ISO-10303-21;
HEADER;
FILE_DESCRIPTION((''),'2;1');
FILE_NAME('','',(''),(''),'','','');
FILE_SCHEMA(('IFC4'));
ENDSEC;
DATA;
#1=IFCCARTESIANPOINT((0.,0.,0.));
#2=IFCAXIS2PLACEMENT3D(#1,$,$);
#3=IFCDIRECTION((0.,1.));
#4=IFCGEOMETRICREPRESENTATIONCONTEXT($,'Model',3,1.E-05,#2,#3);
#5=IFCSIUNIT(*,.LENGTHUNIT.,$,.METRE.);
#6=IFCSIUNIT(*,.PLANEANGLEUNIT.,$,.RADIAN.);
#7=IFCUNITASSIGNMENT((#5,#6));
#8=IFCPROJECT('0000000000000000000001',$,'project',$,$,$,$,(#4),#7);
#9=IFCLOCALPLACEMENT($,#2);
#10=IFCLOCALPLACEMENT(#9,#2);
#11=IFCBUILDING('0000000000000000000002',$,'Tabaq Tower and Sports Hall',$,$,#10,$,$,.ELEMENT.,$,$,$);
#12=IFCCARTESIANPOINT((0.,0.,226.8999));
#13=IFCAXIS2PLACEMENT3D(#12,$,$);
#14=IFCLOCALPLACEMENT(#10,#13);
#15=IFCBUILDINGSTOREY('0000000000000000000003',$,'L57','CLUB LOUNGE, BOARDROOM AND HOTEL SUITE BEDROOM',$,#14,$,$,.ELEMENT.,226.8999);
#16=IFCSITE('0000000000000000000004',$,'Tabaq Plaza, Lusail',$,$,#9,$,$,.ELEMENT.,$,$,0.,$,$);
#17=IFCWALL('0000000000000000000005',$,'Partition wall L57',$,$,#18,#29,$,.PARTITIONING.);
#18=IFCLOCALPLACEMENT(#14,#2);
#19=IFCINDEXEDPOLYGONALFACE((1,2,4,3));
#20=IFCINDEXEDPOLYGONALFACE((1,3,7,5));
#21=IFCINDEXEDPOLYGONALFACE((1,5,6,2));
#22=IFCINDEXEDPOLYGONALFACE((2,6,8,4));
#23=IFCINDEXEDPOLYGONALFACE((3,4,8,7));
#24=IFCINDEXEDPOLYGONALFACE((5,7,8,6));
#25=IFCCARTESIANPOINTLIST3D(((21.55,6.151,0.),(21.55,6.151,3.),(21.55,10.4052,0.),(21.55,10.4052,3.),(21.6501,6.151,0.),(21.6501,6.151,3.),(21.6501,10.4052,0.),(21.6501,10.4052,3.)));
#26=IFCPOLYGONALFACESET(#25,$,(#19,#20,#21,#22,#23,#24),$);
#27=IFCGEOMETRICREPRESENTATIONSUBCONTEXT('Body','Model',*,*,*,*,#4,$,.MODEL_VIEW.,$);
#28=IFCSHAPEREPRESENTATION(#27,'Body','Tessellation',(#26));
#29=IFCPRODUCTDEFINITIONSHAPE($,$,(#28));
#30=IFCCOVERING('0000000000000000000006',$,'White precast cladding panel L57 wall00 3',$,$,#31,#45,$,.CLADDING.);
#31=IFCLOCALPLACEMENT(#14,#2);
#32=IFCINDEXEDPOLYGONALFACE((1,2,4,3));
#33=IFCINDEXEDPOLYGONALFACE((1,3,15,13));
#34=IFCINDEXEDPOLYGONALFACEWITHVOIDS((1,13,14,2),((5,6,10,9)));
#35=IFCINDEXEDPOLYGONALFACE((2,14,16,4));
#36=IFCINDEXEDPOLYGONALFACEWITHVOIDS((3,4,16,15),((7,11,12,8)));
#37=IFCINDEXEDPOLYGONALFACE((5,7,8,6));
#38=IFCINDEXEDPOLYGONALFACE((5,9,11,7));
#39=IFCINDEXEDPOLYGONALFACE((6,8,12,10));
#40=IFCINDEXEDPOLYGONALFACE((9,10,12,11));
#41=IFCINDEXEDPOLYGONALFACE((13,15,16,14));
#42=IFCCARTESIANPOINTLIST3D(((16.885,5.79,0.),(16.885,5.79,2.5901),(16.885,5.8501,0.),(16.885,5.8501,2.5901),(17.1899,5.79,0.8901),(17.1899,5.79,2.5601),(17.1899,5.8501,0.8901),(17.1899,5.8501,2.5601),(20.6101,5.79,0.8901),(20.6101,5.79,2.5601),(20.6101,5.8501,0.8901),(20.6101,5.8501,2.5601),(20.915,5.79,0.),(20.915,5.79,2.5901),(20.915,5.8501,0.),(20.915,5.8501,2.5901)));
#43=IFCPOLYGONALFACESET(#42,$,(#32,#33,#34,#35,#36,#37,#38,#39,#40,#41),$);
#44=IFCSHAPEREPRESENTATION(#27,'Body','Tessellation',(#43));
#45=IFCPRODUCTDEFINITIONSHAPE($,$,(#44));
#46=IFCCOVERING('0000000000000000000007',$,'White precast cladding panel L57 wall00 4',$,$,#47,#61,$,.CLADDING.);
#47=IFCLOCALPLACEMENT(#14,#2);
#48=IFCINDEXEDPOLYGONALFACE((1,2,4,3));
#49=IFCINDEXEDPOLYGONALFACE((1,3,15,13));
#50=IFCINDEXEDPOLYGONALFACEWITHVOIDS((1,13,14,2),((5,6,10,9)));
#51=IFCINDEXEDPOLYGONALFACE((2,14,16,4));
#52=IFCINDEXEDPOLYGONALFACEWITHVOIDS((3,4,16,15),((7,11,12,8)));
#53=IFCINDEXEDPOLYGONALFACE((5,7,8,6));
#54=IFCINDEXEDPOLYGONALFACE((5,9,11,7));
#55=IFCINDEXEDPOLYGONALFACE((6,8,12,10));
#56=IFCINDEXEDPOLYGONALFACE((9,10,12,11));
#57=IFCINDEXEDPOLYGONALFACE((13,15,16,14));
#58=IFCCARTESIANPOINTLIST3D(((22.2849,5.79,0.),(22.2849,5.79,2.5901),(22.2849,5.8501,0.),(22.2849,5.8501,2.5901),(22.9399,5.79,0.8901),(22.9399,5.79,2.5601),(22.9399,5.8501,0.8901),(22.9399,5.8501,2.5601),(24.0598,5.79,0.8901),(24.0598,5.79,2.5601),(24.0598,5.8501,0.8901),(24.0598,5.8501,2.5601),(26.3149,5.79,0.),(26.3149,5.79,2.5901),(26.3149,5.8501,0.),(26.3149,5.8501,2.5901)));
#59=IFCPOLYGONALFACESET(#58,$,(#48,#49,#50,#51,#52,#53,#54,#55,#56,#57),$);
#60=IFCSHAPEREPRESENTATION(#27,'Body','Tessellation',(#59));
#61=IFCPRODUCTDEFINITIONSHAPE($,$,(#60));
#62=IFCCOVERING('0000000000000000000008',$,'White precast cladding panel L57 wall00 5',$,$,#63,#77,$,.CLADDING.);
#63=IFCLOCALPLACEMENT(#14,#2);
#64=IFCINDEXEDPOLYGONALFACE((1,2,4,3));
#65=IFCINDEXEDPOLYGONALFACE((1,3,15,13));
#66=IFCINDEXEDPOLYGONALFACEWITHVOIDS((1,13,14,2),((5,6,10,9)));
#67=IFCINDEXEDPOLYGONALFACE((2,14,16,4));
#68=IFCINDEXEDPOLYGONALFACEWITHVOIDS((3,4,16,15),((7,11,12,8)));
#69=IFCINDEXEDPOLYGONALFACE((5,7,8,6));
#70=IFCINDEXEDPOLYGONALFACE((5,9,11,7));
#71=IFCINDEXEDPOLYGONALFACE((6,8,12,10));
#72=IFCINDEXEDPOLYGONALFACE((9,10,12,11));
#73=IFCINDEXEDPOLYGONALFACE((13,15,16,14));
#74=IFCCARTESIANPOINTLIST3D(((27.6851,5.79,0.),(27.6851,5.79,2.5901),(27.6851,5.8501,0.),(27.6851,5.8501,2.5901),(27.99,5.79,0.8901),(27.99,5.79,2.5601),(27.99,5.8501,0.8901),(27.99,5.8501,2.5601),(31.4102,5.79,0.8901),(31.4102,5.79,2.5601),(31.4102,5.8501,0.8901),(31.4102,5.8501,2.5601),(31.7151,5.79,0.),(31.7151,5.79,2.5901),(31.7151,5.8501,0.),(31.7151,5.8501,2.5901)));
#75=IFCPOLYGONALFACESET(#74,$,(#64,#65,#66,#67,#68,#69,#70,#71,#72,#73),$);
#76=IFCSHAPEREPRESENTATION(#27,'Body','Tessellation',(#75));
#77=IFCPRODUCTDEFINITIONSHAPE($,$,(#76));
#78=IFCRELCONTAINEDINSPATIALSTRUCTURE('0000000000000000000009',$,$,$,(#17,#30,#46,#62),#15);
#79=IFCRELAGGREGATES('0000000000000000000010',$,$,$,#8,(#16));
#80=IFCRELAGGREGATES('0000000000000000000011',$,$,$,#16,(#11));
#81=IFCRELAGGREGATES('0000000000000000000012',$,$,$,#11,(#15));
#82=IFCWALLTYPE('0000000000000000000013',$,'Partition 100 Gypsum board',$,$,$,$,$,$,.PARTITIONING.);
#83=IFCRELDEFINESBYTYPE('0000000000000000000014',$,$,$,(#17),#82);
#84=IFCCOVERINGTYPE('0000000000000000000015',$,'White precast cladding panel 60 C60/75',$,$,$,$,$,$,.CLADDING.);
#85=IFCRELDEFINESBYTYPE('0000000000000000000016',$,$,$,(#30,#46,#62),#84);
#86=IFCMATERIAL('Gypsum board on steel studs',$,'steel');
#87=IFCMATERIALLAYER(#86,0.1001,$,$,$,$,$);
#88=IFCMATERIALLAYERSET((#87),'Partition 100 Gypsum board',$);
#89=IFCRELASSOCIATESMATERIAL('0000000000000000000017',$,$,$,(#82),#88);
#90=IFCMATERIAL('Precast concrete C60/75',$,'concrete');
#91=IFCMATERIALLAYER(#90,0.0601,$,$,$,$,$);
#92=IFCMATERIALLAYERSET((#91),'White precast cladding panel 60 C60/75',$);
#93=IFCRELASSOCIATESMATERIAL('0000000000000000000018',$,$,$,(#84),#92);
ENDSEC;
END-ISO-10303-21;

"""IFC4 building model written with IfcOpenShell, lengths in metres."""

from ifc_helpers import new_model, si_unit, direction, frame, frame_2d, origin, place, context, subcontext, project, spatial, polyline, rectangle, outline, extrude, material, layer, layer_set, type_object, element, save


model = new_model("IFC4")

# Units and contexts
model_context = context("Model", 3, precision=1e-05, world=origin(), true_north=direction((0.0, 1.0)))
body_context = subcontext(model_context, "Body", "Model", "MODEL_VIEW")
ifc_project = project(units=[si_unit("LENGTHUNIT", "METRE"), si_unit("PLANEANGLEUNIT", "RADIAN")], contexts=[model_context])

# Site, building, storey
site_placement = place(None, origin())
site = spatial("IfcSite", under=ifc_project, at=site_placement, Name="Tabaq Plaza, Lusail", CompositionType="ELEMENT", RefElevation=0.0)
building_placement = place(site_placement, origin())
building = spatial("IfcBuilding", under=site, at=building_placement, Name="Tabaq Tower and Sports Hall", CompositionType="ELEMENT")
storey_placement = place(building_placement, frame((0.0, 0.0, 226.8999)))
storey = spatial("IfcBuildingStorey", under=building, at=storey_placement, Name="L57", Description="CLUB LOUNGE, BOARDROOM AND HOTEL SUITE BEDROOM", CompositionType="ELEMENT", Elevation=226.8999)

# Wall
ifc_material_1 = material(Name="Gypsum board on steel studs", Category="steel")
ifc_layer_1 = layer(ifc_material_1, 0.1001)
ifc_layer_set_1 = layer_set([ifc_layer_1], Name="Partition 100 Gypsum board")
wall_type = type_object("IfcWallType", Name="Partition 100 Gypsum board", PredefinedType="PARTITIONING", material=ifc_layer_set_1)
wall_1_placement = place(storey_placement, frame((21.6001, 10.405, 0.0), z_axis=(0.0, 0.0, 1.0), x_axis=(0.0, -1.0, 0.0)))
element("IfcWall", 1, at=wall_1_placement, inside=storey, type_object=wall_type, Name="Partition wall L57", PredefinedType="PARTITIONING", context=body_context, shape_type="SweptSolid", body=[
    extrude(rectangle(XDim=4.2542, YDim=0.1001, at=frame_2d((2.127, 0.0))), origin(), (0.0, 0.0, 1.0), 3.0),
])

# Coverings
ifc_material_2 = material(Name="Precast concrete C60/75", Category="concrete")
ifc_layer_2 = layer(ifc_material_2, 0.0601)
ifc_layer_set_2 = layer_set([ifc_layer_2], Name="White precast cladding panel 60 C60/75")
covering_type = type_object("IfcCoveringType", Name="White precast cladding panel 60 C60/75", PredefinedType="CLADDING", material=ifc_layer_set_2)
covering_1_placement = place(storey_placement, frame((16.885, 5.8201, 0.0), z_axis=(0.0, 0.0, 1.0), x_axis=(1.0, 0.0, 0.0)))
element("IfcCovering", 2, at=covering_1_placement, inside=storey, type_object=covering_type, Name="White precast cladding panel L57 wall00 3", PredefinedType="CLADDING", context=body_context, shape_type="SweptSolid", body=[
    extrude(outline(polyline([(0.0, 0.0), (4.03, 0.0), (4.03, 2.5901), (0.0, 2.5901), (0.0, 0.0)]), holes=[polyline([(3.7251, 0.8901), (0.3049, 0.8901), (0.3049, 2.5601), (3.7251, 2.5601), (3.7251, 0.8901)])]), frame((0.0, 0.03, 0.0), z_axis=(0.0, -1.0, 0.0), x_axis=(1.0, 0.0, 0.0)), (0.0, 0.0, 1.0), 0.0601),
])
covering_2_placement = place(storey_placement, frame((22.2849, 5.8201, 0.0), z_axis=(0.0, 0.0, 1.0), x_axis=(1.0, 0.0, 0.0)))
element("IfcCovering", 3, at=covering_2_placement, inside=storey, type_object=covering_type, Name="White precast cladding panel L57 wall00 4", PredefinedType="CLADDING", context=body_context, shape_type="SweptSolid", body=[
    extrude(outline(polyline([(0.0, 0.0), (4.03, 0.0), (4.03, 2.5901), (0.0, 2.5901), (0.0, 0.0)]), holes=[polyline([(1.7749, 0.8901), (0.655, 0.8901), (0.655, 2.5601), (1.7749, 2.5601), (1.7749, 0.8901)])]), frame((0.0, 0.03, 0.0), z_axis=(0.0, -1.0, 0.0), x_axis=(1.0, 0.0, 0.0)), (0.0, 0.0, 1.0), 0.0601),
])
covering_3_placement = place(storey_placement, frame((27.6851, 5.8201, 0.0), z_axis=(0.0, 0.0, 1.0), x_axis=(1.0, 0.0, 0.0)))
element("IfcCovering", 4, at=covering_3_placement, inside=storey, type_object=covering_type, Name="White precast cladding panel L57 wall00 5", PredefinedType="CLADDING", context=body_context, shape_type="SweptSolid", body=[
    extrude(outline(polyline([(0.0, 0.0), (4.03, 0.0), (4.03, 2.5901), (0.0, 2.5901), (0.0, 0.0)]), holes=[polyline([(3.7251, 0.8901), (0.3049, 0.8901), (0.3049, 2.5601), (3.7251, 2.5601), (3.7251, 0.8901)])]), frame((0.0, 0.03, 0.0), z_axis=(0.0, -1.0, 0.0), x_axis=(1.0, 0.0, 0.0)), (0.0, 0.0, 1.0), 0.0601),
])

save(model, "model.ifc")
